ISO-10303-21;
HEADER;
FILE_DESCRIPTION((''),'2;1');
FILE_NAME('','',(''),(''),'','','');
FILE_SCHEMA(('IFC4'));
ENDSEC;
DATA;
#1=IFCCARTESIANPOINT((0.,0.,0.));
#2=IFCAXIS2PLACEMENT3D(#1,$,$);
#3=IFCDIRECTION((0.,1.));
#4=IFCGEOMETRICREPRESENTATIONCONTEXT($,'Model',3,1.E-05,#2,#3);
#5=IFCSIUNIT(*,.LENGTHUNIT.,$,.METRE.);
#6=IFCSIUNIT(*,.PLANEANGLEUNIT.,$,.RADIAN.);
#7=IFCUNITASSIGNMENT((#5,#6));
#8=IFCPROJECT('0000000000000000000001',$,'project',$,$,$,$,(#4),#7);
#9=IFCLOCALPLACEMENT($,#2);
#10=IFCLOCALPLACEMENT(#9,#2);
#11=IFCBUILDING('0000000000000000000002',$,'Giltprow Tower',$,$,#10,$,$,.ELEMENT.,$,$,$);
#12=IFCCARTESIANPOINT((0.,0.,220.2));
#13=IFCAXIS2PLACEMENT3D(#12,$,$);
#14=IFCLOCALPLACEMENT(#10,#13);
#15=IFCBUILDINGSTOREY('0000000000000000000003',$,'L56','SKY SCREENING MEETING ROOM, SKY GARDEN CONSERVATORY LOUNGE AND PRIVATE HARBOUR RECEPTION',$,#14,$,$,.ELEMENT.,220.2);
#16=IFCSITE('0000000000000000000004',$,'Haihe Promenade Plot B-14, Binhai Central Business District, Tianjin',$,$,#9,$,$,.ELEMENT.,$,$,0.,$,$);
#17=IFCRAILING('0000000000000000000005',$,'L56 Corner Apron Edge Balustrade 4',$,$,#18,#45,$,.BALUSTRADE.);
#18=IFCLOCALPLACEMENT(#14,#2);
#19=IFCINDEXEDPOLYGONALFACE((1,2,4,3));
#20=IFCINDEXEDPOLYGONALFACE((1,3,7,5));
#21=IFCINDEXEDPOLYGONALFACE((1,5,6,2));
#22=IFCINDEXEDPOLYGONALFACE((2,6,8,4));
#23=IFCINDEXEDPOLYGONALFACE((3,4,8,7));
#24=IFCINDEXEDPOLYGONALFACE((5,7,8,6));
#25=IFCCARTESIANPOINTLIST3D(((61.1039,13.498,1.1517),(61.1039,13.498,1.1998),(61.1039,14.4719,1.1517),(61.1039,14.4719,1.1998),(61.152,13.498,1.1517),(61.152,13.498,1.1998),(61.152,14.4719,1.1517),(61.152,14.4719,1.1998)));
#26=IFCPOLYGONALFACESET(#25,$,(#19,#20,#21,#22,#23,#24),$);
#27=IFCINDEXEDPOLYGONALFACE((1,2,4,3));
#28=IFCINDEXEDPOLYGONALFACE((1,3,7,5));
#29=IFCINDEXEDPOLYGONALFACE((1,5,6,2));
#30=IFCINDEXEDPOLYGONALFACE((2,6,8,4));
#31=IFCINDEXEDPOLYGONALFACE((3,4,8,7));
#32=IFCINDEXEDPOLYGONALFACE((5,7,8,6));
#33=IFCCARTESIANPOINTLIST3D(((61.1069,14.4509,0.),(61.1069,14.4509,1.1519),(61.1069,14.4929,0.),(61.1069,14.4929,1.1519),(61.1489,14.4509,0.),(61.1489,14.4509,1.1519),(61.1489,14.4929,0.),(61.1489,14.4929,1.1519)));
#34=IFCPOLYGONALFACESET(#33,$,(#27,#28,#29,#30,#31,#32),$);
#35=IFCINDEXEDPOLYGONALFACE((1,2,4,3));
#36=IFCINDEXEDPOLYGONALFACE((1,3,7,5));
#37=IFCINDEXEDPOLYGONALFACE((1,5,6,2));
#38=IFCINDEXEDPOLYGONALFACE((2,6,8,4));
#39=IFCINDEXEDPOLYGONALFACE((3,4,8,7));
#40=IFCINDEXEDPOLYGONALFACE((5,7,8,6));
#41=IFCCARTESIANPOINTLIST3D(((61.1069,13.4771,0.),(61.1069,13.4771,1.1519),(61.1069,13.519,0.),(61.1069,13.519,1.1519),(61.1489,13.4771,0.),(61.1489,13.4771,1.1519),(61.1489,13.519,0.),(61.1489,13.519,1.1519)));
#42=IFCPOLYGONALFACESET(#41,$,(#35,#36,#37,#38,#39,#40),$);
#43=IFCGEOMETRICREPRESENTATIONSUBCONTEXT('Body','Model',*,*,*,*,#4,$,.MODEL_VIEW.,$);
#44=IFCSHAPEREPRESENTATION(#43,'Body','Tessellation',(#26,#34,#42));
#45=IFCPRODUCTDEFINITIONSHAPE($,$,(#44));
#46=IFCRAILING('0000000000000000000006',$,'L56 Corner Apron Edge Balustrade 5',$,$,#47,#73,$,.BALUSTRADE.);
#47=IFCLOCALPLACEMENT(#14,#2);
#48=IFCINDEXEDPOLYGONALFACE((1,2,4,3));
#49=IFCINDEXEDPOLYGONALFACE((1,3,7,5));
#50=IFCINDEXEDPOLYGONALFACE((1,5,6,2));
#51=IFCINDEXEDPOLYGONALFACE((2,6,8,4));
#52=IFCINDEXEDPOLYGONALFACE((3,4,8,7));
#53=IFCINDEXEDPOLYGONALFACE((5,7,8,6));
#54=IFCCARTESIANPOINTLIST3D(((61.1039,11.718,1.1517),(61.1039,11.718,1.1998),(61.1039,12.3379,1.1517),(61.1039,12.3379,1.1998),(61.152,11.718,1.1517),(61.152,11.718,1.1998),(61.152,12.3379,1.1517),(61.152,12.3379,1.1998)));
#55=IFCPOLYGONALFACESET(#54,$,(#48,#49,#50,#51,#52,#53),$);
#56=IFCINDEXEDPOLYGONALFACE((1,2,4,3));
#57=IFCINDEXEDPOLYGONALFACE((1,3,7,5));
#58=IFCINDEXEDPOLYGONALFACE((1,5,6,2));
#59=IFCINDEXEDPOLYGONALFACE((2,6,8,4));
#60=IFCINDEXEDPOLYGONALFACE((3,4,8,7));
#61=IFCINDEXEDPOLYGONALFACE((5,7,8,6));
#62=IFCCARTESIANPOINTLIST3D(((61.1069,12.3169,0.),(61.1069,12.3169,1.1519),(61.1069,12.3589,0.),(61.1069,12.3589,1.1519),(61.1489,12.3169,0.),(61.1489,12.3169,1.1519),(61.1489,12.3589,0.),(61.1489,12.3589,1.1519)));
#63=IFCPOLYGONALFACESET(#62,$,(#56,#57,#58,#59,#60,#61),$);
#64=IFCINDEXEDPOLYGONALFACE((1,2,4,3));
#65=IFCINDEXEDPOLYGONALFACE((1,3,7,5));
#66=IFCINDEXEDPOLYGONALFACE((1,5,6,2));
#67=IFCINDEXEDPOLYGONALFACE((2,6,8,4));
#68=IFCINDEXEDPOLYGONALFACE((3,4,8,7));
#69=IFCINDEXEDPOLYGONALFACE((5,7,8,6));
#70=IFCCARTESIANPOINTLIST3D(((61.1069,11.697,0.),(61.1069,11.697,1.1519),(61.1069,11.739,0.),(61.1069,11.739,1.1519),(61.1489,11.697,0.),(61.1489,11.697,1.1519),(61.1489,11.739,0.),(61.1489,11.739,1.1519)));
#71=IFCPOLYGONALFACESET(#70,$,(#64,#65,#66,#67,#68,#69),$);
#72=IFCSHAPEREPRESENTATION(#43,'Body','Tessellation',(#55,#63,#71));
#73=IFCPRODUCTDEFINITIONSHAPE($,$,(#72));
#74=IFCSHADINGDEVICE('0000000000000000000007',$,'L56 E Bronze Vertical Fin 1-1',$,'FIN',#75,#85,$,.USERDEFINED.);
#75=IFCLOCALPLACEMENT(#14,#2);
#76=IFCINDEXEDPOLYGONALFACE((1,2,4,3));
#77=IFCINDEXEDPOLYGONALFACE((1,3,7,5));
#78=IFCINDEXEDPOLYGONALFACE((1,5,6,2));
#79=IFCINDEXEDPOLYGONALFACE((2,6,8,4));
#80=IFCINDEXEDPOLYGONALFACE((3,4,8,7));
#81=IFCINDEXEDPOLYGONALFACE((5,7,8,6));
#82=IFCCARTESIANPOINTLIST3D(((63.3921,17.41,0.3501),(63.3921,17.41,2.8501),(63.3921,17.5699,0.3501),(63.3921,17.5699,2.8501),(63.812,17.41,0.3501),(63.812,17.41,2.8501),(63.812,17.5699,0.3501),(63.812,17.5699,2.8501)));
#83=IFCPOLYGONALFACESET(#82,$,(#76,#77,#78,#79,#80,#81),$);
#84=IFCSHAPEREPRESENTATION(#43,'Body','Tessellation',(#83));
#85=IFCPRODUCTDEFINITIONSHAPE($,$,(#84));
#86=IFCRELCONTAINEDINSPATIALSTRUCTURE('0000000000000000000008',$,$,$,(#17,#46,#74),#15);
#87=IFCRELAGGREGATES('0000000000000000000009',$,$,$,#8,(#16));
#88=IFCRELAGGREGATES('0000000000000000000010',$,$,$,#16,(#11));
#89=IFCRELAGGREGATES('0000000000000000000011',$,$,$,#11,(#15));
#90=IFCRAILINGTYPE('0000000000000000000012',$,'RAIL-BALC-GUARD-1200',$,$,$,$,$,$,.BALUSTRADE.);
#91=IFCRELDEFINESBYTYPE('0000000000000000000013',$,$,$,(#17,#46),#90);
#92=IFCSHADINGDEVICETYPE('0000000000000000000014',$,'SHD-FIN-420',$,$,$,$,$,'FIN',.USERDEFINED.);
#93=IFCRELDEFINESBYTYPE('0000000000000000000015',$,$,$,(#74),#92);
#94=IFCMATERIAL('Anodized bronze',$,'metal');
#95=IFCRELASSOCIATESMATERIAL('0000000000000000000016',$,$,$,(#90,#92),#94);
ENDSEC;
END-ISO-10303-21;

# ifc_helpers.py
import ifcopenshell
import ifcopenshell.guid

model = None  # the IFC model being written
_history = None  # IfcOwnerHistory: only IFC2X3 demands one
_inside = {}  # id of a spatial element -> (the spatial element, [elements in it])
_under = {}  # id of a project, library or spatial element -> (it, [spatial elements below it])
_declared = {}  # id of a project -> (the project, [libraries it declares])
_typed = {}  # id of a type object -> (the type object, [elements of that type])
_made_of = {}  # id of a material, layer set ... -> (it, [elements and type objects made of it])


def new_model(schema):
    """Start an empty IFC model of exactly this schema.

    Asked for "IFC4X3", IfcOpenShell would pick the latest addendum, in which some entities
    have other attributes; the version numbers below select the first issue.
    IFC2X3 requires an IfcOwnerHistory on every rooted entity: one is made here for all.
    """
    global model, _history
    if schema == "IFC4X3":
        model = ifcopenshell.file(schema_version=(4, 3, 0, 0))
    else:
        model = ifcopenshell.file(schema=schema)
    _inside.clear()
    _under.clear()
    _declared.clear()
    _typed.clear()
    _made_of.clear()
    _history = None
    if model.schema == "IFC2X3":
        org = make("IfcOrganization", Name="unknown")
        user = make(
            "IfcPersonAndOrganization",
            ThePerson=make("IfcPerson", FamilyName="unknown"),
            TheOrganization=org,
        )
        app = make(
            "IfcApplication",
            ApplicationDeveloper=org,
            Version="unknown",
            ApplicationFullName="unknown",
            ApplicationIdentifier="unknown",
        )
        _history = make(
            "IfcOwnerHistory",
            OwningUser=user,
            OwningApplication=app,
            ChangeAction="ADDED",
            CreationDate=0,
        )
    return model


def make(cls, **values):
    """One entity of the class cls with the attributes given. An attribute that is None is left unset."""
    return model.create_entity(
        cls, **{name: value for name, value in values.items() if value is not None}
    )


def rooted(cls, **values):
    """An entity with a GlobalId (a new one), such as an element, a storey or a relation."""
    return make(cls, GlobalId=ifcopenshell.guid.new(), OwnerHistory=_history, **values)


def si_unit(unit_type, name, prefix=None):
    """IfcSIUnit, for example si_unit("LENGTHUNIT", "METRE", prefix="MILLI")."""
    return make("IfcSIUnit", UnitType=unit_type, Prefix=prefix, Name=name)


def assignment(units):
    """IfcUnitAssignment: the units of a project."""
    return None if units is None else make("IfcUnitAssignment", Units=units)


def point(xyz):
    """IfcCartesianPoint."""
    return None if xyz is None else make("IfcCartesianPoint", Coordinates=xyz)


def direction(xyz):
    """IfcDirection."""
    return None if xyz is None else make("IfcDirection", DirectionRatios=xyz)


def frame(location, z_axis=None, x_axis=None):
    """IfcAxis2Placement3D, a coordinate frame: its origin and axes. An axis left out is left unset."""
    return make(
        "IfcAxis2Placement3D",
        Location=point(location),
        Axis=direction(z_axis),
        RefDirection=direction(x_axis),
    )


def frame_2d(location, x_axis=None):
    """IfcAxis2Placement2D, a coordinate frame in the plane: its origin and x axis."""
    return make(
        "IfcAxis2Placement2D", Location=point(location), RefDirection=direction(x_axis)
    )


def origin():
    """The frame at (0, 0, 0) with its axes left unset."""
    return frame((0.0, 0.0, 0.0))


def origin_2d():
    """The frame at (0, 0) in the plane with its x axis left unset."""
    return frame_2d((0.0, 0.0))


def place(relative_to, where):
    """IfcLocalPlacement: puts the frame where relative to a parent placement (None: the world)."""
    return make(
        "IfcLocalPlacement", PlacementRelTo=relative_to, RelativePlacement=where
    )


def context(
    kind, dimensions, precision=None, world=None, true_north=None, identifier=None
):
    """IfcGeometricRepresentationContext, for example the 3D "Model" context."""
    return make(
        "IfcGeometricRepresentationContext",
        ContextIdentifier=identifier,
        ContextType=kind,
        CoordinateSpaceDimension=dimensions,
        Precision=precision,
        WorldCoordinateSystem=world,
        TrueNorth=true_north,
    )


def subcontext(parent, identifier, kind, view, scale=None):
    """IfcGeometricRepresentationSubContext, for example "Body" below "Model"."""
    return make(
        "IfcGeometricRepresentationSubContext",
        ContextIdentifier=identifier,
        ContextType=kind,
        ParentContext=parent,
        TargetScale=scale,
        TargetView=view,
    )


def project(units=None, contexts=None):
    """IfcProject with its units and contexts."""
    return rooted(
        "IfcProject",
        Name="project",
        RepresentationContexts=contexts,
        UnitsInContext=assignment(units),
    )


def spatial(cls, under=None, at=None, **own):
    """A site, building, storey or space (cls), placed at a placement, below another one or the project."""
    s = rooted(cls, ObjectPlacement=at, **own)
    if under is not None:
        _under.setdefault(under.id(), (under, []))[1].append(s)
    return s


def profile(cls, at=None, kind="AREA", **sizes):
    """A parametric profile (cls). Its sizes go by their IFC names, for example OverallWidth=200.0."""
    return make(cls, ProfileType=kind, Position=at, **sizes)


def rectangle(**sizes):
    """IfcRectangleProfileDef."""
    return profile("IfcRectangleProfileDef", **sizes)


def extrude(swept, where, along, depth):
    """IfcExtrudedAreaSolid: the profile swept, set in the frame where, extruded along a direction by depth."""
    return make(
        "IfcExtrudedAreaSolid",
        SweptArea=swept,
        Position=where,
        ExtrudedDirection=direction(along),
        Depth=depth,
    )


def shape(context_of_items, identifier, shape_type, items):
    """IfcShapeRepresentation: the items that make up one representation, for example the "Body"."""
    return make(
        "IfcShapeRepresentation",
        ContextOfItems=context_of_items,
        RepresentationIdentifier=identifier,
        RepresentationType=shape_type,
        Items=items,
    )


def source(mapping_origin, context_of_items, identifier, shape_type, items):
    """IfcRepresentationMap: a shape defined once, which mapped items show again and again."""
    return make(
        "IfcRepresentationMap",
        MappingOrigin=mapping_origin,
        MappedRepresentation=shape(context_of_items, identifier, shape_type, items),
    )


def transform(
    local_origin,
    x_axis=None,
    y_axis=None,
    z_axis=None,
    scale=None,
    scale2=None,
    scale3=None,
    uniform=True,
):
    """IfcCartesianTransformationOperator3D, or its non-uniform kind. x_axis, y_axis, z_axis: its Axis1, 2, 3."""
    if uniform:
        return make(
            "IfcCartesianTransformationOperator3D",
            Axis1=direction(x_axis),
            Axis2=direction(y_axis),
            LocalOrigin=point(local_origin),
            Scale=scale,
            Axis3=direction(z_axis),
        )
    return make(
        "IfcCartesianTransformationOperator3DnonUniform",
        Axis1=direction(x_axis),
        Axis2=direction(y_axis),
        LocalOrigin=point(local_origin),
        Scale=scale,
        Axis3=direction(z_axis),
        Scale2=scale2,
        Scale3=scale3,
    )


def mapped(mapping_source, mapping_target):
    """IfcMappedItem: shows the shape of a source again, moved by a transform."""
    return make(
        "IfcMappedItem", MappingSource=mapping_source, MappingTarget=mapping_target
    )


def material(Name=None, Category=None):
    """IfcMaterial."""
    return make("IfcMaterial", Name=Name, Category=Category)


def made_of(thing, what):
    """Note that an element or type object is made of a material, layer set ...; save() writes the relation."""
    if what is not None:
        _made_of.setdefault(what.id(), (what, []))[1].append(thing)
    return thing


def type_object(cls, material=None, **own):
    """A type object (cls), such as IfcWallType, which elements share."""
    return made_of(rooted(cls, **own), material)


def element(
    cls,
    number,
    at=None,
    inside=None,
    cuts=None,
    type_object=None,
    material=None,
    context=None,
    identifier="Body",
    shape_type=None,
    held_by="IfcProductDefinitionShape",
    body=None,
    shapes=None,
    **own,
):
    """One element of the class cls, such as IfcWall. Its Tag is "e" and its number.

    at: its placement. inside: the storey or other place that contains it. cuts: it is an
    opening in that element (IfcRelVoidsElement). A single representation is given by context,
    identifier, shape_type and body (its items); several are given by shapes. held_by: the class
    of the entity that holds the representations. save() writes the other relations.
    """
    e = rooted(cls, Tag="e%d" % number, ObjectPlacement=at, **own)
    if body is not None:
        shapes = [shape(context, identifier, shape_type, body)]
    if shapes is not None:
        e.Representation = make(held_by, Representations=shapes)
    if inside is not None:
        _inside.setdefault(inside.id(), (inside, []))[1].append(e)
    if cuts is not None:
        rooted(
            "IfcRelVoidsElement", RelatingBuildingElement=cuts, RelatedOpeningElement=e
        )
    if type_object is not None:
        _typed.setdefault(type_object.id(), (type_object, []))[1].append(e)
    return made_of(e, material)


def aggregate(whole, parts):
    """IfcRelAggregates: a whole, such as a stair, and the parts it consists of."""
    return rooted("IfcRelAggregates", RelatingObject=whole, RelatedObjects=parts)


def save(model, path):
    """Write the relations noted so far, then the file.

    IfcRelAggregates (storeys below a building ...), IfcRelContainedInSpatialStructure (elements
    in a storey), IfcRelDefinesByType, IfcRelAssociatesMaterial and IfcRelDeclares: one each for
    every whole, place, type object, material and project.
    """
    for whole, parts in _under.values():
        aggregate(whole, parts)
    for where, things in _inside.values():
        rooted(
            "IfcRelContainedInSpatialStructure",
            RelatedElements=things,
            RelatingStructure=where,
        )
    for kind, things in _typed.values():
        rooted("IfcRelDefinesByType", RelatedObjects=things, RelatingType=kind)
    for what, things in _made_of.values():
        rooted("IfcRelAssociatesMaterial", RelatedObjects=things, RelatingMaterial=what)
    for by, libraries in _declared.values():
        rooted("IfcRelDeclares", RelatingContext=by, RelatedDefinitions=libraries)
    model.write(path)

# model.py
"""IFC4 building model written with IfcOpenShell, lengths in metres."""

from ifc_helpers import new_model, si_unit, direction, frame, origin, origin_2d, place, context, subcontext, project, spatial, rectangle, extrude, source, transform, mapped, material, type_object, element, save


model = new_model("IFC4")

# Units and contexts
model_context = context("Model", 3, precision=1e-05, world=origin(), true_north=direction((0.0, 1.0)))
body_context = subcontext(model_context, "Body", "Model", "MODEL_VIEW")
ifc_project = project(units=[si_unit("LENGTHUNIT", "METRE"), si_unit("PLANEANGLEUNIT", "RADIAN")], contexts=[model_context])

# Site, building, storey
site_placement = place(None, origin())
site = spatial("IfcSite", under=ifc_project, at=site_placement, Name="Haihe Promenade Plot B-14, Binhai Central Business District, Tianjin", CompositionType="ELEMENT", RefElevation=0.0)
building_placement = place(site_placement, origin())
building = spatial("IfcBuilding", under=site, at=building_placement, Name="Giltprow Tower", CompositionType="ELEMENT")
storey_placement = place(building_placement, frame((0.0, 0.0, 220.2)))
storey = spatial("IfcBuildingStorey", under=building, at=storey_placement, Name="L56", Description="SKY SCREENING MEETING ROOM, SKY GARDEN CONSERVATORY LOUNGE AND PRIVATE HARBOUR RECEPTION", CompositionType="ELEMENT", Elevation=220.2)

# Shared definitions
ifc_material_1 = material(Name="Anodized bronze", Category="metal")

# Railings
railing_type = type_object("IfcRailingType", Name="RAIL-BALC-GUARD-1200", PredefinedType="BALUSTRADE", material=ifc_material_1)
railing_1_placement = place(storey_placement, frame((61.1279, 14.4719, 0.0)))
element("IfcRailing", 1, at=railing_1_placement, inside=storey, type_object=railing_type, Name="L56 Corner Apron Edge Balustrade 4", PredefinedType="BALUSTRADE", context=body_context, shape_type="SweptSolid", body=[
    extrude(rectangle(XDim=0.0481, YDim=0.0481, at=origin_2d()), frame((0.0, 0.0, 1.1758), z_axis=(0.0, -1.0, 0.0), x_axis=(1.0, 0.0, 0.0)), (0.0, 0.0, 1.0), 0.9739),
    extrude(rectangle(XDim=0.042, YDim=0.042, at=origin_2d()), origin(), (0.0, 0.0, 1.0), 1.1519),
    extrude(rectangle(XDim=0.042, YDim=0.042, at=origin_2d()), frame((0.0, -0.9739, 0.0)), (0.0, 0.0, 1.0), 1.1519),
])
railing_2_placement = place(storey_placement, frame((61.1279, 12.3379, 0.0)))
element("IfcRailing", 2, at=railing_2_placement, inside=storey, type_object=railing_type, Name="L56 Corner Apron Edge Balustrade 5", PredefinedType="BALUSTRADE", context=body_context, shape_type="SweptSolid", body=[
    extrude(rectangle(XDim=0.0481, YDim=0.0481, at=origin_2d()), frame((0.0, 0.0, 1.1758), z_axis=(0.0, -1.0, 0.0), x_axis=(1.0, 0.0, 0.0)), (0.0, 0.0, 1.0), 0.6199),
    extrude(rectangle(XDim=0.042, YDim=0.042, at=origin_2d()), origin(), (0.0, 0.0, 1.0), 1.1519),
    extrude(rectangle(XDim=0.042, YDim=0.042, at=origin_2d()), frame((0.0, -0.6199, 0.0)), (0.0, 0.0, 1.0), 1.1519),
])

# Shading device
shading_device_type = type_object("IfcShadingDeviceType", Name="SHD-FIN-420", ElementType="FIN", PredefinedType="USERDEFINED", material=ifc_material_1)
shared_shape_1 = source(origin(), body_context, "Body", "SweptSolid", [
    extrude(rectangle(XDim=0.4199, YDim=0.1599, at=origin_2d()), origin(), (0.0, 0.0, 1.0), 2.5),
])
shading_device_placement = place(storey_placement, frame((63.6021, 17.49, 0.3501), z_axis=(0.0, 0.0, 1.0), x_axis=(1.0, 0.0, 0.0)))
element("IfcShadingDevice", 3, at=shading_device_placement, inside=storey, type_object=shading_device_type, Name="L56 E Bronze Vertical Fin 1-1", ObjectType="FIN", PredefinedType="USERDEFINED", context=body_context, shape_type="MappedRepresentation", body=[
    mapped(shared_shape_1, transform((0.0, 0.0, 0.0), x_axis=(1.0, 0.0, 0.0), y_axis=(0.0, 1.0, 0.0), z_axis=(0.0, 0.0, 1.0), scale=1.0)),
])

save(model, "model.ifc")
